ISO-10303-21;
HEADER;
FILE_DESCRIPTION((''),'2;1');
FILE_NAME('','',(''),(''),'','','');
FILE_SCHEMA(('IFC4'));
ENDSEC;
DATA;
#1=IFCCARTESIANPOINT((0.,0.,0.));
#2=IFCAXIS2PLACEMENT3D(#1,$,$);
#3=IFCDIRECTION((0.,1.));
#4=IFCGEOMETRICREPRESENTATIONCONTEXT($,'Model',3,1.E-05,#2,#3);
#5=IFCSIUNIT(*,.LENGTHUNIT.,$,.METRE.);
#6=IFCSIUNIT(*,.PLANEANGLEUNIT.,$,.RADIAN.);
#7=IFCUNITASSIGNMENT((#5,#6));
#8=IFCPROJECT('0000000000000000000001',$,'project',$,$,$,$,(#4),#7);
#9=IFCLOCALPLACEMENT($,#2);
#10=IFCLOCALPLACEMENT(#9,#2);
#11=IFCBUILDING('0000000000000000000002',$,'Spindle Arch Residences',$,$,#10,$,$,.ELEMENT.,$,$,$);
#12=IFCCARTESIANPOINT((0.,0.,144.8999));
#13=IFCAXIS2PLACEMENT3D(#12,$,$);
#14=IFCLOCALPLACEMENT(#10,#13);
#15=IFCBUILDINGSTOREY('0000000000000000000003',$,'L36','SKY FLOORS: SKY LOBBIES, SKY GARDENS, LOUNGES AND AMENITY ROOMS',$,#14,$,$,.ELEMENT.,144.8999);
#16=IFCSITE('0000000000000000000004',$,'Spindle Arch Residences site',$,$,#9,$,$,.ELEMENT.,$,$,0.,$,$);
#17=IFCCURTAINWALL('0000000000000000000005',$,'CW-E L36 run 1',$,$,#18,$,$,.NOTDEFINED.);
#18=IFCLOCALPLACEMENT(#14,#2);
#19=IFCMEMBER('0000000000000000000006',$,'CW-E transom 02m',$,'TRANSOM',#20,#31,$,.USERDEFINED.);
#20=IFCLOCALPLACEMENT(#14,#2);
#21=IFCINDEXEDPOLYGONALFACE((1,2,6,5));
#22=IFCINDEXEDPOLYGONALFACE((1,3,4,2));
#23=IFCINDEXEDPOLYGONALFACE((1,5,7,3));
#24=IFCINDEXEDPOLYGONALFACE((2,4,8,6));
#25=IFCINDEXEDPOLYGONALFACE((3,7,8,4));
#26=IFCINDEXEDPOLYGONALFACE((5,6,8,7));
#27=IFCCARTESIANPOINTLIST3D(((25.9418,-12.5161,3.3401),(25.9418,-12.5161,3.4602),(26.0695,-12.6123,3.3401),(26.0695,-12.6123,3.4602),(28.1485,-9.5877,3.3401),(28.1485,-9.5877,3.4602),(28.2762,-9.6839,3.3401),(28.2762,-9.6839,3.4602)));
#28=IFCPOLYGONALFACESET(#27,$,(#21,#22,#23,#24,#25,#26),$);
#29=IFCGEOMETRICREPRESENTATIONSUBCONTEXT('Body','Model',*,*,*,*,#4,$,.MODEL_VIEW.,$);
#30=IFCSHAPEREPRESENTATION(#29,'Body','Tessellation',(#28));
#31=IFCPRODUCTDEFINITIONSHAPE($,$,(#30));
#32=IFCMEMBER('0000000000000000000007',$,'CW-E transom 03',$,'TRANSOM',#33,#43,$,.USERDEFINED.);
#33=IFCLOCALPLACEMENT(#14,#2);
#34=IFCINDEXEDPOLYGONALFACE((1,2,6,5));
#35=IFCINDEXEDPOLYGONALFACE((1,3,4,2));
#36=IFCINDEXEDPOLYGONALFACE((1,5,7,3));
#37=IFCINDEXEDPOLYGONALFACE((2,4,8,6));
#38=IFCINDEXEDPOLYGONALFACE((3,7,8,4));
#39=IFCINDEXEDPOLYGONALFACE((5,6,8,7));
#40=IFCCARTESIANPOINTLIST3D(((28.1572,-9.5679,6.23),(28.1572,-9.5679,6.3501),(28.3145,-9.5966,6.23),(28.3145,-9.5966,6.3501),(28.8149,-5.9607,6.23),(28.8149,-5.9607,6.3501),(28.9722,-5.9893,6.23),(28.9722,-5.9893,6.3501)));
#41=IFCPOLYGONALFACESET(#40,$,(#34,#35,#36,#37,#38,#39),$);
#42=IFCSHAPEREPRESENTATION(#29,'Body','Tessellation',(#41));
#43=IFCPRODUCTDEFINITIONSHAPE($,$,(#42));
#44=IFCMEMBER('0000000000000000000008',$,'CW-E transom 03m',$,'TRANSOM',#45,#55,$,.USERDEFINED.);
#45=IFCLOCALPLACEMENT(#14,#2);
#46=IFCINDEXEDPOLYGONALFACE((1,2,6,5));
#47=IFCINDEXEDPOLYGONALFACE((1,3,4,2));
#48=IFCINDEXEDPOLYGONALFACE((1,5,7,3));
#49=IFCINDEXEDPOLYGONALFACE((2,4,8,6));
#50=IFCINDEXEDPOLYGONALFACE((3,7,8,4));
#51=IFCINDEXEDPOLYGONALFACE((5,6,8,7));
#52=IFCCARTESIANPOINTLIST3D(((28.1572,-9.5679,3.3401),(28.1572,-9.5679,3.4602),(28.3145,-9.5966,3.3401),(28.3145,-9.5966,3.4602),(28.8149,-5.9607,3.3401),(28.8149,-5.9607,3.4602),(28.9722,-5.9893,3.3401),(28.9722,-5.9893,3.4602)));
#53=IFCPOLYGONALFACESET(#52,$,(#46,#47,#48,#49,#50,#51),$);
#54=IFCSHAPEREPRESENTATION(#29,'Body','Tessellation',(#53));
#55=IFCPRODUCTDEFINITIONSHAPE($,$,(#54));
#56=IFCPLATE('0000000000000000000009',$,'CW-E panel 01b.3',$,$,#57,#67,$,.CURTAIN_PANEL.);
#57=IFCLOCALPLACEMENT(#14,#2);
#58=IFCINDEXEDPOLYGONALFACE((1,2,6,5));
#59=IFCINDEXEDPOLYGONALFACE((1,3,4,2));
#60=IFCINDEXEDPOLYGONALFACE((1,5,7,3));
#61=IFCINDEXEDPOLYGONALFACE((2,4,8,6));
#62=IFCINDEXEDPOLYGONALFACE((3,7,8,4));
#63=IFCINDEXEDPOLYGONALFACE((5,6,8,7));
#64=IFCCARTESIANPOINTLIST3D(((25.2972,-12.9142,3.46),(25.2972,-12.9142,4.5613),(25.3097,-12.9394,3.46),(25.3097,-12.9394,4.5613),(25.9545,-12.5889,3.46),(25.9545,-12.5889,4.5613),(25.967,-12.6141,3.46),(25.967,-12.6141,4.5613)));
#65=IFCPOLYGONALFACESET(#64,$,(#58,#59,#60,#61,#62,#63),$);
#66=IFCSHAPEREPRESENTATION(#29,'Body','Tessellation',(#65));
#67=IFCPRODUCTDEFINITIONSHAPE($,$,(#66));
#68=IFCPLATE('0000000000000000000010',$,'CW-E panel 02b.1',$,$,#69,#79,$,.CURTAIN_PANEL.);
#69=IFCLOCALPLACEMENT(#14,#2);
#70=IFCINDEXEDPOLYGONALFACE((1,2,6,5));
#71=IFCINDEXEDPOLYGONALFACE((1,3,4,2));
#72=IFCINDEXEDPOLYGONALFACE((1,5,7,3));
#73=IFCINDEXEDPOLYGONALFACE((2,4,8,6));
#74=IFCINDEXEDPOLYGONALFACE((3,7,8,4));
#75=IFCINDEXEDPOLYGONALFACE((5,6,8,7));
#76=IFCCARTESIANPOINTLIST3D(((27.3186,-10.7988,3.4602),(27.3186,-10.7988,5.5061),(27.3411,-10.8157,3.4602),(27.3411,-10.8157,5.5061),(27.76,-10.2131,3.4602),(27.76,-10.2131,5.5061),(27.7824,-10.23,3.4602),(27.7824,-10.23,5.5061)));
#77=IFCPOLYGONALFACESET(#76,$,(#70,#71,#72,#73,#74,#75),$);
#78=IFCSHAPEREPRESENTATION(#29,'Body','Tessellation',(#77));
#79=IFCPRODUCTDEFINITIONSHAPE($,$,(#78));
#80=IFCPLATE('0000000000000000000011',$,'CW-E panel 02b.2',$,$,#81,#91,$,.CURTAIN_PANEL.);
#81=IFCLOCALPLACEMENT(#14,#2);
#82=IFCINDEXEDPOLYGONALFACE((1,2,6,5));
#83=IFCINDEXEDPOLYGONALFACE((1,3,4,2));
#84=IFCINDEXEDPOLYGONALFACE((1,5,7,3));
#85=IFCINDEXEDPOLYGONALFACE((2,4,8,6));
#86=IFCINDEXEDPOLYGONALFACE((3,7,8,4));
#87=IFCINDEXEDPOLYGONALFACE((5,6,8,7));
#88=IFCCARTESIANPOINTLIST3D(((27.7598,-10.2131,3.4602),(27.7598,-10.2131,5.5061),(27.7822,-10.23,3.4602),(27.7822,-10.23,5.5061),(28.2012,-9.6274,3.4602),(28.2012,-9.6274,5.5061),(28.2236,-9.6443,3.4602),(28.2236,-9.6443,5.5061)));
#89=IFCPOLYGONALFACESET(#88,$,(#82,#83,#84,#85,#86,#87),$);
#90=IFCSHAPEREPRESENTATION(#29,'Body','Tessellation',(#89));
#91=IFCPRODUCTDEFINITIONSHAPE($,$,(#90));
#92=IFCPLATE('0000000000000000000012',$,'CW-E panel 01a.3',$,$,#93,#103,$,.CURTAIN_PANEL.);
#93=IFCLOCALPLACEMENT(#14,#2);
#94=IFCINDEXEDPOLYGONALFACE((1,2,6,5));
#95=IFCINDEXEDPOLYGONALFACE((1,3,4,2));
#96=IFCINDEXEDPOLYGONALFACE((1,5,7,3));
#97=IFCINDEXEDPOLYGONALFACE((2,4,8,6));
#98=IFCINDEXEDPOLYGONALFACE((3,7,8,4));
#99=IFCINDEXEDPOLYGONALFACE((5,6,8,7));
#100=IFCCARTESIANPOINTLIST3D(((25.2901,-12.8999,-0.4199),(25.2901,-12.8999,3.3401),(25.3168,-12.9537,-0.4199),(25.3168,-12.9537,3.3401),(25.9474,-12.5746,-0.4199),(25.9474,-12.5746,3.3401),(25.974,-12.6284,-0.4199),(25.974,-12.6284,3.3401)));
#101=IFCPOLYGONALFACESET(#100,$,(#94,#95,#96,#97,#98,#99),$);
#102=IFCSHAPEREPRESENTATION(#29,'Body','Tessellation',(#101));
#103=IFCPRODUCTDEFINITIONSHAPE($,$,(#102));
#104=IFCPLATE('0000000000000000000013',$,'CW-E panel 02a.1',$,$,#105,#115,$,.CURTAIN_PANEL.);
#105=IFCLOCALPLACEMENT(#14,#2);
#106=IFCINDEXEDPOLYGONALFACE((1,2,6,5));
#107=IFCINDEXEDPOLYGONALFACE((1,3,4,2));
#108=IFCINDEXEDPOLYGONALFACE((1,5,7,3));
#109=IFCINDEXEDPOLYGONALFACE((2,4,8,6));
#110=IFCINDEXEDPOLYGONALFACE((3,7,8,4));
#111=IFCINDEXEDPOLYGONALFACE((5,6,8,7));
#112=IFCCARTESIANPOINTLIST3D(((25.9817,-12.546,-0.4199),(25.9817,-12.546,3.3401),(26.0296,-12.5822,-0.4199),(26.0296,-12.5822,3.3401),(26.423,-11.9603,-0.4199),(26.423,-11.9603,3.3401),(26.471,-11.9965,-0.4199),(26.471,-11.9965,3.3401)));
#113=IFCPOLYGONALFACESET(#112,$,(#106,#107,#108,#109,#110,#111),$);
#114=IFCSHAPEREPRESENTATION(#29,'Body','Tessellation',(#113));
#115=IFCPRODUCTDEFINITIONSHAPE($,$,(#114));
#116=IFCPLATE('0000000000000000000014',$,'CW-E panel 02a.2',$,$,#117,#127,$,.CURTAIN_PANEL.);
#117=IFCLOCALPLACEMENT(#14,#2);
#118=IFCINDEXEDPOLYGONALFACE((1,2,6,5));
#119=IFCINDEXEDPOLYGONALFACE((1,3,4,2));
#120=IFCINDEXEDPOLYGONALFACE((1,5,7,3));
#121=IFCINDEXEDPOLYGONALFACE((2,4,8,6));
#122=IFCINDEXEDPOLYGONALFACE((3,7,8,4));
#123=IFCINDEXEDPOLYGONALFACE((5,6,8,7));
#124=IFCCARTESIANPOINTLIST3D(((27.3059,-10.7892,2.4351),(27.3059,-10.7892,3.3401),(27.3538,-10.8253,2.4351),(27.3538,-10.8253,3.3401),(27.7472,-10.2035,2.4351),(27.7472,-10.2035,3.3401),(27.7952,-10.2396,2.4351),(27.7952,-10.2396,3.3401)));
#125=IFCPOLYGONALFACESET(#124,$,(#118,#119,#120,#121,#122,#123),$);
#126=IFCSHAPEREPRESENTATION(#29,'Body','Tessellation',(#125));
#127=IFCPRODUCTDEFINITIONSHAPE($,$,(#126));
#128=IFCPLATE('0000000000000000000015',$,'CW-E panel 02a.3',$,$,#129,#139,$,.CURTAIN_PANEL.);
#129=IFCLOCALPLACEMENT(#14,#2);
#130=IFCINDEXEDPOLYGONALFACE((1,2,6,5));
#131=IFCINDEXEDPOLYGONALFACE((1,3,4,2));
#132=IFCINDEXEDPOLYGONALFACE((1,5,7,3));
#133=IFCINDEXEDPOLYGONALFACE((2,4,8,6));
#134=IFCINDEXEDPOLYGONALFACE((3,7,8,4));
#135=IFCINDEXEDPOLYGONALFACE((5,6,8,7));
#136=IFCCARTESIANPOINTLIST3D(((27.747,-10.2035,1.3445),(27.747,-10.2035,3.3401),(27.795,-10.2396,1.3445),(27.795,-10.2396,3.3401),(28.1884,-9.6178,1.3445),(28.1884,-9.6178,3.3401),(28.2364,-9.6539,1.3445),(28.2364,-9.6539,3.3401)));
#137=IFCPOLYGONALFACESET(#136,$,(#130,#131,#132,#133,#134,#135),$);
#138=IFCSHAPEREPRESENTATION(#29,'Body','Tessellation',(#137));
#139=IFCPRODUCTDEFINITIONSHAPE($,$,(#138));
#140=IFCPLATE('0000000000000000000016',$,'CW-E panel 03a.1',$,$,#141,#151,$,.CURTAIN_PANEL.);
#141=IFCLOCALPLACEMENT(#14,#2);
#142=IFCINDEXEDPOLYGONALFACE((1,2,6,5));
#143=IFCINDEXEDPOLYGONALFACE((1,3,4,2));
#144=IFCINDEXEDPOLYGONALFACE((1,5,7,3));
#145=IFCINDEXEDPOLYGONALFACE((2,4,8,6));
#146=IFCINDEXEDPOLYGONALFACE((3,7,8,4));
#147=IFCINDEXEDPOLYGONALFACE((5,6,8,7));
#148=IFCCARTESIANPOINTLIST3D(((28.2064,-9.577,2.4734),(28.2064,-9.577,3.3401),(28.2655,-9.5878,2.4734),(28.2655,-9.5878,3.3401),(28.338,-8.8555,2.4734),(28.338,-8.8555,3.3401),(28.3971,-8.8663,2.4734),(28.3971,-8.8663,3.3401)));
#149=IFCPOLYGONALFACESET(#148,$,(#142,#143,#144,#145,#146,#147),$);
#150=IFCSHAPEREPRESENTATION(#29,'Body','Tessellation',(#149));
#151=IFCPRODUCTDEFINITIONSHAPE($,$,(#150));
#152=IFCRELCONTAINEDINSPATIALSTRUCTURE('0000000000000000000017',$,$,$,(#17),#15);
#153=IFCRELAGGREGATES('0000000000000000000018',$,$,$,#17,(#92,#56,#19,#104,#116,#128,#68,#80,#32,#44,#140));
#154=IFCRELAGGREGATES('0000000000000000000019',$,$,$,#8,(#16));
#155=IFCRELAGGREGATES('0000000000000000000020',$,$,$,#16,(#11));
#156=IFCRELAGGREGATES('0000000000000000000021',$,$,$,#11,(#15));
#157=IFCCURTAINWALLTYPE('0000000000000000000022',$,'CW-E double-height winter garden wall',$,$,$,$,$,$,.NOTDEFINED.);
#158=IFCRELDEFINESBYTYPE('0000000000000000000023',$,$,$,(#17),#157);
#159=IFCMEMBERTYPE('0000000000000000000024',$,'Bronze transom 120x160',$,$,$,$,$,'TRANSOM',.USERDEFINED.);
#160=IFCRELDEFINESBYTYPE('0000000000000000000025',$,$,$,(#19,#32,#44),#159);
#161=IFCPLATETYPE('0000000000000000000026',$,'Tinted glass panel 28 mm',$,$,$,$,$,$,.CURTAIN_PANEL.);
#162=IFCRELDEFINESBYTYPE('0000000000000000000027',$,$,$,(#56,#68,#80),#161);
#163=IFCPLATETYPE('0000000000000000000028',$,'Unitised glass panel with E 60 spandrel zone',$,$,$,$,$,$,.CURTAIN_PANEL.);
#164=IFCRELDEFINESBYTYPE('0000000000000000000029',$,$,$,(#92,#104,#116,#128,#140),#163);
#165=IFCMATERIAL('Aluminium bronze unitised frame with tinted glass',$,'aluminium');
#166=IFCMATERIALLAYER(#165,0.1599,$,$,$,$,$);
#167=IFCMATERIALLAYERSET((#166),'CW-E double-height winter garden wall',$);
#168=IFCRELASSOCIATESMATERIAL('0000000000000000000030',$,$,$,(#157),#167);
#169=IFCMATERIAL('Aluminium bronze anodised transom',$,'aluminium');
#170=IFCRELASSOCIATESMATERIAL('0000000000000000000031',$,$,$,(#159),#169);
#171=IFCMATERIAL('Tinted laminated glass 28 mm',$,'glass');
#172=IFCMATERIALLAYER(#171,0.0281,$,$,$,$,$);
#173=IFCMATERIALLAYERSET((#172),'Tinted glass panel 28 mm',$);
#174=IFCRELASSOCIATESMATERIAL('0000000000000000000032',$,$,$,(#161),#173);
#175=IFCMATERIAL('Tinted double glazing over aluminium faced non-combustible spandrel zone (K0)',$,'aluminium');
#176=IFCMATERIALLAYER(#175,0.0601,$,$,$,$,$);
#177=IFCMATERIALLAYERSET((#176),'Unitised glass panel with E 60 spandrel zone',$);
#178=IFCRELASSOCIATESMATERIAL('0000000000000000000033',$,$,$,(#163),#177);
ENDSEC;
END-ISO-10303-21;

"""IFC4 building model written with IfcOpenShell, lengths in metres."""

from ifc_helpers import new_model, si_unit, direction, frame, origin, origin_2d, place, context, subcontext, project, spatial, rectangle, extrude, material, layer, layer_set, material_profile, profile_set, type_object, element, aggregate, save


model = new_model("IFC4")

# Units and contexts
model_context = context("Model", 3, precision=1e-05, world=origin(), true_north=direction((0.0, 1.0)))
body_context = subcontext(model_context, "Body", "Model", "MODEL_VIEW")
ifc_project = project(units=[si_unit("LENGTHUNIT", "METRE"), si_unit("PLANEANGLEUNIT", "RADIAN")], contexts=[model_context])

# Site, building, storey
site_placement = place(None, origin())
site = spatial("IfcSite", under=ifc_project, at=site_placement, Name="Spindle Arch Residences site", CompositionType="ELEMENT", RefElevation=0.0)
building_placement = place(site_placement, origin())
building = spatial("IfcBuilding", under=site, at=building_placement, Name="Spindle Arch Residences", CompositionType="ELEMENT")
storey_placement = place(building_placement, frame((0.0, 0.0, 144.8999)))
storey = spatial("IfcBuildingStorey", under=building, at=storey_placement, Name="L36", Description="SKY FLOORS: SKY LOBBIES, SKY GARDENS, LOUNGES AND AMENITY ROOMS", CompositionType="ELEMENT", Elevation=144.8999)

# Curtain wall, members, plates
ifc_material_1 = material(Name="Aluminium bronze unitised frame with tinted glass", Category="aluminium")
ifc_layer_1 = layer(ifc_material_1, 0.1599)
ifc_layer_set_1 = layer_set([ifc_layer_1], Name="CW-E double-height winter garden wall")
curtain_wall_type = type_object("IfcCurtainWallType", Name="CW-E double-height winter garden wall", PredefinedType="NOTDEFINED", material=ifc_layer_set_1)
curtain_wall_placement = place(storey_placement, origin())
curtain_wall = element("IfcCurtainWall", 1, at=curtain_wall_placement, inside=storey, type_object=curtain_wall_type, Name="CW-E L36 run 1", PredefinedType="NOTDEFINED")
ifc_material_2 = material(Name="Aluminium bronze anodised transom", Category="aluminium")
ifc_material_profile_1 = material_profile(ifc_material_2, rectangle(XDim=0.1599, YDim=0.1201, at=origin_2d()), Name="TR 120x160")
ifc_profile_set_1 = profile_set([ifc_material_profile_1], Name="Aluminium bronze anodised transom")
member_type_1 = type_object("IfcMemberType", Name="Bronze transom 120x160", ElementType="TRANSOM", PredefinedType="USERDEFINED", material=ifc_profile_set_1)
member_1_placement = place(storey_placement, frame((26.0056, -12.5642, 3.4001), z_axis=(0.60182, 0.798632, 0.0), x_axis=(-0.798632, 0.60182, 0.0)))
member_1 = element("IfcMember", 2, at=member_1_placement, type_object=member_type_1, Name="CW-E transom 02m", ObjectType="TRANSOM", PredefinedType="USERDEFINED", context=body_context, shape_type="SweptSolid", body=[
    extrude(rectangle(XDim=0.1599, YDim=0.1201, at=origin_2d()), origin(), (0.0, 0.0, 1.0), 3.6667),
])
member_2_placement = place(storey_placement, frame((28.2358, -9.5823, 6.29), z_axis=(0.179378, 0.98378, 0.0), x_axis=(-0.98378, 0.179378, 0.0)))
member_2 = element("IfcMember", 3, at=member_2_placement, type_object=member_type_1, Name="CW-E transom 03", ObjectType="TRANSOM", PredefinedType="USERDEFINED", context=body_context, shape_type="SweptSolid", body=[
    extrude(rectangle(XDim=0.1599, YDim=0.1201, at=origin_2d()), origin(), (0.0, 0.0, 1.0), 3.6667),
])
member_3_placement = place(storey_placement, frame((28.2358, -9.5823, 3.4001), z_axis=(0.179378, 0.98378, 0.0), x_axis=(-0.98378, 0.179378, 0.0)))
member_3 = element("IfcMember", 4, at=member_3_placement, type_object=member_type_1, Name="CW-E transom 03m", ObjectType="TRANSOM", PredefinedType="USERDEFINED", context=body_context, shape_type="SweptSolid", body=[
    extrude(rectangle(XDim=0.1599, YDim=0.1201, at=origin_2d()), origin(), (0.0, 0.0, 1.0), 3.6667),
])
ifc_material_3 = material(Name="Tinted laminated glass 28 mm", Category="glass")
ifc_layer_2 = layer(ifc_material_3, 0.0281)
ifc_layer_set_2 = layer_set([ifc_layer_2], Name="Tinted glass panel 28 mm")
plate_type_1 = type_object("IfcPlateType", Name="Tinted glass panel 28 mm", PredefinedType="CURTAIN_PANEL", material=ifc_layer_set_2)
plate_1_placement = place(storey_placement, frame((25.6321, -12.7642, 3.46), z_axis=(0.0, 0.0, 1.0), x_axis=(0.896229, 0.443593, 0.0)))
plate_1 = element("IfcPlate", 5, at=plate_1_placement, type_object=plate_type_1, Name="CW-E panel 01b.3", PredefinedType="CURTAIN_PANEL", context=body_context, shape_type="SweptSolid", body=[
    extrude(rectangle(XDim=0.7334, YDim=0.0281, at=origin_2d()), origin(), (0.0, 0.0, 1.0), 1.1013),
])
plate_2_placement = place(storey_placement, frame((27.5505, -10.5144, 3.4602), z_axis=(0.0, 0.0, 1.0), x_axis=(0.601815, 0.798636, 0.0)))
plate_2 = element("IfcPlate", 6, at=plate_2_placement, type_object=plate_type_1, Name="CW-E panel 02b.1", PredefinedType="CURTAIN_PANEL", context=body_context, shape_type="SweptSolid", body=[
    extrude(rectangle(XDim=0.7334, YDim=0.0281, at=origin_2d()), origin(), (0.0, 0.0, 1.0), 2.0459),
])
plate_3_placement = place(storey_placement, frame((27.9917, -9.9287, 3.4602), z_axis=(0.0, 0.0, 1.0), x_axis=(0.601815, 0.798636, 0.0)))
plate_3 = element("IfcPlate", 7, at=plate_3_placement, type_object=plate_type_1, Name="CW-E panel 02b.2", PredefinedType="CURTAIN_PANEL", context=body_context, shape_type="SweptSolid", body=[
    extrude(rectangle(XDim=0.7334, YDim=0.0281, at=origin_2d()), origin(), (0.0, 0.0, 1.0), 2.0459),
])
ifc_material_4 = material(Name="Tinted double glazing over aluminium faced non-combustible spandrel zone (K0)", Category="aluminium")
ifc_layer_3 = layer(ifc_material_4, 0.0601)
ifc_layer_set_3 = layer_set([ifc_layer_3], Name="Unitised glass panel with E 60 spandrel zone")
plate_type_2 = type_object("IfcPlateType", Name="Unitised glass panel with E 60 spandrel zone", PredefinedType="CURTAIN_PANEL", material=ifc_layer_set_3)
plate_4_placement = place(storey_placement, frame((25.6321, -12.7642, -0.4199), z_axis=(0.0, 0.0, 1.0), x_axis=(0.896229, 0.443593, 0.0)))
plate_4 = element("IfcPlate", 8, at=plate_4_placement, type_object=plate_type_2, Name="CW-E panel 01a.3", PredefinedType="CURTAIN_PANEL", context=body_context, shape_type="SweptSolid", body=[
    extrude(rectangle(XDim=0.7334, YDim=0.0601, at=origin_2d()), origin(), (0.0, 0.0, 1.0), 3.76),
])
plate_5_placement = place(storey_placement, frame((26.2263, -12.2712, -0.4199), z_axis=(0.0, 0.0, 1.0), x_axis=(0.601815, 0.798636, 0.0)))
plate_5 = element("IfcPlate", 9, at=plate_5_placement, type_object=plate_type_2, Name="CW-E panel 02a.1", PredefinedType="CURTAIN_PANEL", context=body_context, shape_type="SweptSolid", body=[
    extrude(rectangle(XDim=0.7334, YDim=0.0601, at=origin_2d()), origin(), (0.0, 0.0, 1.0), 3.76),
])
plate_6_placement = place(storey_placement, frame((27.5505, -10.5144, 2.4351), z_axis=(0.0, 0.0, 1.0), x_axis=(0.601815, 0.798636, 0.0)))
plate_6 = element("IfcPlate", 10, at=plate_6_placement, type_object=plate_type_2, Name="CW-E panel 02a.2", PredefinedType="CURTAIN_PANEL", context=body_context, shape_type="SweptSolid", body=[
    extrude(rectangle(XDim=0.7334, YDim=0.0601, at=origin_2d()), origin(), (0.0, 0.0, 1.0), 0.905),
])
plate_7_placement = place(storey_placement, frame((27.9917, -9.9287, 1.3445), z_axis=(0.0, 0.0, 1.0), x_axis=(0.601815, 0.798636, 0.0)))
plate_7 = element("IfcPlate", 11, at=plate_7_placement, type_object=plate_type_2, Name="CW-E panel 02a.3", PredefinedType="CURTAIN_PANEL", context=body_context, shape_type="SweptSolid", body=[
    extrude(rectangle(XDim=0.7334, YDim=0.0601, at=origin_2d()), origin(), (0.0, 0.0, 1.0), 1.9956),
])
plate_8_placement = place(storey_placement, frame((28.3018, -9.2217, 2.4734), z_axis=(0.0, 0.0, 1.0), x_axis=(0.179375, 0.983781, 0.0)))
plate_8 = element("IfcPlate", 12, at=plate_8_placement, type_object=plate_type_2, Name="CW-E panel 03a.1", PredefinedType="CURTAIN_PANEL", context=body_context, shape_type="SweptSolid", body=[
    extrude(rectangle(XDim=0.7334, YDim=0.0601, at=origin_2d()), origin(), (0.0, 0.0, 1.0), 0.8667),
])
aggregate(curtain_wall, [plate_4, plate_1, member_1, plate_5, plate_6, plate_7, plate_2, plate_3, member_2, member_3, plate_8])

save(model, "model.ifc")
